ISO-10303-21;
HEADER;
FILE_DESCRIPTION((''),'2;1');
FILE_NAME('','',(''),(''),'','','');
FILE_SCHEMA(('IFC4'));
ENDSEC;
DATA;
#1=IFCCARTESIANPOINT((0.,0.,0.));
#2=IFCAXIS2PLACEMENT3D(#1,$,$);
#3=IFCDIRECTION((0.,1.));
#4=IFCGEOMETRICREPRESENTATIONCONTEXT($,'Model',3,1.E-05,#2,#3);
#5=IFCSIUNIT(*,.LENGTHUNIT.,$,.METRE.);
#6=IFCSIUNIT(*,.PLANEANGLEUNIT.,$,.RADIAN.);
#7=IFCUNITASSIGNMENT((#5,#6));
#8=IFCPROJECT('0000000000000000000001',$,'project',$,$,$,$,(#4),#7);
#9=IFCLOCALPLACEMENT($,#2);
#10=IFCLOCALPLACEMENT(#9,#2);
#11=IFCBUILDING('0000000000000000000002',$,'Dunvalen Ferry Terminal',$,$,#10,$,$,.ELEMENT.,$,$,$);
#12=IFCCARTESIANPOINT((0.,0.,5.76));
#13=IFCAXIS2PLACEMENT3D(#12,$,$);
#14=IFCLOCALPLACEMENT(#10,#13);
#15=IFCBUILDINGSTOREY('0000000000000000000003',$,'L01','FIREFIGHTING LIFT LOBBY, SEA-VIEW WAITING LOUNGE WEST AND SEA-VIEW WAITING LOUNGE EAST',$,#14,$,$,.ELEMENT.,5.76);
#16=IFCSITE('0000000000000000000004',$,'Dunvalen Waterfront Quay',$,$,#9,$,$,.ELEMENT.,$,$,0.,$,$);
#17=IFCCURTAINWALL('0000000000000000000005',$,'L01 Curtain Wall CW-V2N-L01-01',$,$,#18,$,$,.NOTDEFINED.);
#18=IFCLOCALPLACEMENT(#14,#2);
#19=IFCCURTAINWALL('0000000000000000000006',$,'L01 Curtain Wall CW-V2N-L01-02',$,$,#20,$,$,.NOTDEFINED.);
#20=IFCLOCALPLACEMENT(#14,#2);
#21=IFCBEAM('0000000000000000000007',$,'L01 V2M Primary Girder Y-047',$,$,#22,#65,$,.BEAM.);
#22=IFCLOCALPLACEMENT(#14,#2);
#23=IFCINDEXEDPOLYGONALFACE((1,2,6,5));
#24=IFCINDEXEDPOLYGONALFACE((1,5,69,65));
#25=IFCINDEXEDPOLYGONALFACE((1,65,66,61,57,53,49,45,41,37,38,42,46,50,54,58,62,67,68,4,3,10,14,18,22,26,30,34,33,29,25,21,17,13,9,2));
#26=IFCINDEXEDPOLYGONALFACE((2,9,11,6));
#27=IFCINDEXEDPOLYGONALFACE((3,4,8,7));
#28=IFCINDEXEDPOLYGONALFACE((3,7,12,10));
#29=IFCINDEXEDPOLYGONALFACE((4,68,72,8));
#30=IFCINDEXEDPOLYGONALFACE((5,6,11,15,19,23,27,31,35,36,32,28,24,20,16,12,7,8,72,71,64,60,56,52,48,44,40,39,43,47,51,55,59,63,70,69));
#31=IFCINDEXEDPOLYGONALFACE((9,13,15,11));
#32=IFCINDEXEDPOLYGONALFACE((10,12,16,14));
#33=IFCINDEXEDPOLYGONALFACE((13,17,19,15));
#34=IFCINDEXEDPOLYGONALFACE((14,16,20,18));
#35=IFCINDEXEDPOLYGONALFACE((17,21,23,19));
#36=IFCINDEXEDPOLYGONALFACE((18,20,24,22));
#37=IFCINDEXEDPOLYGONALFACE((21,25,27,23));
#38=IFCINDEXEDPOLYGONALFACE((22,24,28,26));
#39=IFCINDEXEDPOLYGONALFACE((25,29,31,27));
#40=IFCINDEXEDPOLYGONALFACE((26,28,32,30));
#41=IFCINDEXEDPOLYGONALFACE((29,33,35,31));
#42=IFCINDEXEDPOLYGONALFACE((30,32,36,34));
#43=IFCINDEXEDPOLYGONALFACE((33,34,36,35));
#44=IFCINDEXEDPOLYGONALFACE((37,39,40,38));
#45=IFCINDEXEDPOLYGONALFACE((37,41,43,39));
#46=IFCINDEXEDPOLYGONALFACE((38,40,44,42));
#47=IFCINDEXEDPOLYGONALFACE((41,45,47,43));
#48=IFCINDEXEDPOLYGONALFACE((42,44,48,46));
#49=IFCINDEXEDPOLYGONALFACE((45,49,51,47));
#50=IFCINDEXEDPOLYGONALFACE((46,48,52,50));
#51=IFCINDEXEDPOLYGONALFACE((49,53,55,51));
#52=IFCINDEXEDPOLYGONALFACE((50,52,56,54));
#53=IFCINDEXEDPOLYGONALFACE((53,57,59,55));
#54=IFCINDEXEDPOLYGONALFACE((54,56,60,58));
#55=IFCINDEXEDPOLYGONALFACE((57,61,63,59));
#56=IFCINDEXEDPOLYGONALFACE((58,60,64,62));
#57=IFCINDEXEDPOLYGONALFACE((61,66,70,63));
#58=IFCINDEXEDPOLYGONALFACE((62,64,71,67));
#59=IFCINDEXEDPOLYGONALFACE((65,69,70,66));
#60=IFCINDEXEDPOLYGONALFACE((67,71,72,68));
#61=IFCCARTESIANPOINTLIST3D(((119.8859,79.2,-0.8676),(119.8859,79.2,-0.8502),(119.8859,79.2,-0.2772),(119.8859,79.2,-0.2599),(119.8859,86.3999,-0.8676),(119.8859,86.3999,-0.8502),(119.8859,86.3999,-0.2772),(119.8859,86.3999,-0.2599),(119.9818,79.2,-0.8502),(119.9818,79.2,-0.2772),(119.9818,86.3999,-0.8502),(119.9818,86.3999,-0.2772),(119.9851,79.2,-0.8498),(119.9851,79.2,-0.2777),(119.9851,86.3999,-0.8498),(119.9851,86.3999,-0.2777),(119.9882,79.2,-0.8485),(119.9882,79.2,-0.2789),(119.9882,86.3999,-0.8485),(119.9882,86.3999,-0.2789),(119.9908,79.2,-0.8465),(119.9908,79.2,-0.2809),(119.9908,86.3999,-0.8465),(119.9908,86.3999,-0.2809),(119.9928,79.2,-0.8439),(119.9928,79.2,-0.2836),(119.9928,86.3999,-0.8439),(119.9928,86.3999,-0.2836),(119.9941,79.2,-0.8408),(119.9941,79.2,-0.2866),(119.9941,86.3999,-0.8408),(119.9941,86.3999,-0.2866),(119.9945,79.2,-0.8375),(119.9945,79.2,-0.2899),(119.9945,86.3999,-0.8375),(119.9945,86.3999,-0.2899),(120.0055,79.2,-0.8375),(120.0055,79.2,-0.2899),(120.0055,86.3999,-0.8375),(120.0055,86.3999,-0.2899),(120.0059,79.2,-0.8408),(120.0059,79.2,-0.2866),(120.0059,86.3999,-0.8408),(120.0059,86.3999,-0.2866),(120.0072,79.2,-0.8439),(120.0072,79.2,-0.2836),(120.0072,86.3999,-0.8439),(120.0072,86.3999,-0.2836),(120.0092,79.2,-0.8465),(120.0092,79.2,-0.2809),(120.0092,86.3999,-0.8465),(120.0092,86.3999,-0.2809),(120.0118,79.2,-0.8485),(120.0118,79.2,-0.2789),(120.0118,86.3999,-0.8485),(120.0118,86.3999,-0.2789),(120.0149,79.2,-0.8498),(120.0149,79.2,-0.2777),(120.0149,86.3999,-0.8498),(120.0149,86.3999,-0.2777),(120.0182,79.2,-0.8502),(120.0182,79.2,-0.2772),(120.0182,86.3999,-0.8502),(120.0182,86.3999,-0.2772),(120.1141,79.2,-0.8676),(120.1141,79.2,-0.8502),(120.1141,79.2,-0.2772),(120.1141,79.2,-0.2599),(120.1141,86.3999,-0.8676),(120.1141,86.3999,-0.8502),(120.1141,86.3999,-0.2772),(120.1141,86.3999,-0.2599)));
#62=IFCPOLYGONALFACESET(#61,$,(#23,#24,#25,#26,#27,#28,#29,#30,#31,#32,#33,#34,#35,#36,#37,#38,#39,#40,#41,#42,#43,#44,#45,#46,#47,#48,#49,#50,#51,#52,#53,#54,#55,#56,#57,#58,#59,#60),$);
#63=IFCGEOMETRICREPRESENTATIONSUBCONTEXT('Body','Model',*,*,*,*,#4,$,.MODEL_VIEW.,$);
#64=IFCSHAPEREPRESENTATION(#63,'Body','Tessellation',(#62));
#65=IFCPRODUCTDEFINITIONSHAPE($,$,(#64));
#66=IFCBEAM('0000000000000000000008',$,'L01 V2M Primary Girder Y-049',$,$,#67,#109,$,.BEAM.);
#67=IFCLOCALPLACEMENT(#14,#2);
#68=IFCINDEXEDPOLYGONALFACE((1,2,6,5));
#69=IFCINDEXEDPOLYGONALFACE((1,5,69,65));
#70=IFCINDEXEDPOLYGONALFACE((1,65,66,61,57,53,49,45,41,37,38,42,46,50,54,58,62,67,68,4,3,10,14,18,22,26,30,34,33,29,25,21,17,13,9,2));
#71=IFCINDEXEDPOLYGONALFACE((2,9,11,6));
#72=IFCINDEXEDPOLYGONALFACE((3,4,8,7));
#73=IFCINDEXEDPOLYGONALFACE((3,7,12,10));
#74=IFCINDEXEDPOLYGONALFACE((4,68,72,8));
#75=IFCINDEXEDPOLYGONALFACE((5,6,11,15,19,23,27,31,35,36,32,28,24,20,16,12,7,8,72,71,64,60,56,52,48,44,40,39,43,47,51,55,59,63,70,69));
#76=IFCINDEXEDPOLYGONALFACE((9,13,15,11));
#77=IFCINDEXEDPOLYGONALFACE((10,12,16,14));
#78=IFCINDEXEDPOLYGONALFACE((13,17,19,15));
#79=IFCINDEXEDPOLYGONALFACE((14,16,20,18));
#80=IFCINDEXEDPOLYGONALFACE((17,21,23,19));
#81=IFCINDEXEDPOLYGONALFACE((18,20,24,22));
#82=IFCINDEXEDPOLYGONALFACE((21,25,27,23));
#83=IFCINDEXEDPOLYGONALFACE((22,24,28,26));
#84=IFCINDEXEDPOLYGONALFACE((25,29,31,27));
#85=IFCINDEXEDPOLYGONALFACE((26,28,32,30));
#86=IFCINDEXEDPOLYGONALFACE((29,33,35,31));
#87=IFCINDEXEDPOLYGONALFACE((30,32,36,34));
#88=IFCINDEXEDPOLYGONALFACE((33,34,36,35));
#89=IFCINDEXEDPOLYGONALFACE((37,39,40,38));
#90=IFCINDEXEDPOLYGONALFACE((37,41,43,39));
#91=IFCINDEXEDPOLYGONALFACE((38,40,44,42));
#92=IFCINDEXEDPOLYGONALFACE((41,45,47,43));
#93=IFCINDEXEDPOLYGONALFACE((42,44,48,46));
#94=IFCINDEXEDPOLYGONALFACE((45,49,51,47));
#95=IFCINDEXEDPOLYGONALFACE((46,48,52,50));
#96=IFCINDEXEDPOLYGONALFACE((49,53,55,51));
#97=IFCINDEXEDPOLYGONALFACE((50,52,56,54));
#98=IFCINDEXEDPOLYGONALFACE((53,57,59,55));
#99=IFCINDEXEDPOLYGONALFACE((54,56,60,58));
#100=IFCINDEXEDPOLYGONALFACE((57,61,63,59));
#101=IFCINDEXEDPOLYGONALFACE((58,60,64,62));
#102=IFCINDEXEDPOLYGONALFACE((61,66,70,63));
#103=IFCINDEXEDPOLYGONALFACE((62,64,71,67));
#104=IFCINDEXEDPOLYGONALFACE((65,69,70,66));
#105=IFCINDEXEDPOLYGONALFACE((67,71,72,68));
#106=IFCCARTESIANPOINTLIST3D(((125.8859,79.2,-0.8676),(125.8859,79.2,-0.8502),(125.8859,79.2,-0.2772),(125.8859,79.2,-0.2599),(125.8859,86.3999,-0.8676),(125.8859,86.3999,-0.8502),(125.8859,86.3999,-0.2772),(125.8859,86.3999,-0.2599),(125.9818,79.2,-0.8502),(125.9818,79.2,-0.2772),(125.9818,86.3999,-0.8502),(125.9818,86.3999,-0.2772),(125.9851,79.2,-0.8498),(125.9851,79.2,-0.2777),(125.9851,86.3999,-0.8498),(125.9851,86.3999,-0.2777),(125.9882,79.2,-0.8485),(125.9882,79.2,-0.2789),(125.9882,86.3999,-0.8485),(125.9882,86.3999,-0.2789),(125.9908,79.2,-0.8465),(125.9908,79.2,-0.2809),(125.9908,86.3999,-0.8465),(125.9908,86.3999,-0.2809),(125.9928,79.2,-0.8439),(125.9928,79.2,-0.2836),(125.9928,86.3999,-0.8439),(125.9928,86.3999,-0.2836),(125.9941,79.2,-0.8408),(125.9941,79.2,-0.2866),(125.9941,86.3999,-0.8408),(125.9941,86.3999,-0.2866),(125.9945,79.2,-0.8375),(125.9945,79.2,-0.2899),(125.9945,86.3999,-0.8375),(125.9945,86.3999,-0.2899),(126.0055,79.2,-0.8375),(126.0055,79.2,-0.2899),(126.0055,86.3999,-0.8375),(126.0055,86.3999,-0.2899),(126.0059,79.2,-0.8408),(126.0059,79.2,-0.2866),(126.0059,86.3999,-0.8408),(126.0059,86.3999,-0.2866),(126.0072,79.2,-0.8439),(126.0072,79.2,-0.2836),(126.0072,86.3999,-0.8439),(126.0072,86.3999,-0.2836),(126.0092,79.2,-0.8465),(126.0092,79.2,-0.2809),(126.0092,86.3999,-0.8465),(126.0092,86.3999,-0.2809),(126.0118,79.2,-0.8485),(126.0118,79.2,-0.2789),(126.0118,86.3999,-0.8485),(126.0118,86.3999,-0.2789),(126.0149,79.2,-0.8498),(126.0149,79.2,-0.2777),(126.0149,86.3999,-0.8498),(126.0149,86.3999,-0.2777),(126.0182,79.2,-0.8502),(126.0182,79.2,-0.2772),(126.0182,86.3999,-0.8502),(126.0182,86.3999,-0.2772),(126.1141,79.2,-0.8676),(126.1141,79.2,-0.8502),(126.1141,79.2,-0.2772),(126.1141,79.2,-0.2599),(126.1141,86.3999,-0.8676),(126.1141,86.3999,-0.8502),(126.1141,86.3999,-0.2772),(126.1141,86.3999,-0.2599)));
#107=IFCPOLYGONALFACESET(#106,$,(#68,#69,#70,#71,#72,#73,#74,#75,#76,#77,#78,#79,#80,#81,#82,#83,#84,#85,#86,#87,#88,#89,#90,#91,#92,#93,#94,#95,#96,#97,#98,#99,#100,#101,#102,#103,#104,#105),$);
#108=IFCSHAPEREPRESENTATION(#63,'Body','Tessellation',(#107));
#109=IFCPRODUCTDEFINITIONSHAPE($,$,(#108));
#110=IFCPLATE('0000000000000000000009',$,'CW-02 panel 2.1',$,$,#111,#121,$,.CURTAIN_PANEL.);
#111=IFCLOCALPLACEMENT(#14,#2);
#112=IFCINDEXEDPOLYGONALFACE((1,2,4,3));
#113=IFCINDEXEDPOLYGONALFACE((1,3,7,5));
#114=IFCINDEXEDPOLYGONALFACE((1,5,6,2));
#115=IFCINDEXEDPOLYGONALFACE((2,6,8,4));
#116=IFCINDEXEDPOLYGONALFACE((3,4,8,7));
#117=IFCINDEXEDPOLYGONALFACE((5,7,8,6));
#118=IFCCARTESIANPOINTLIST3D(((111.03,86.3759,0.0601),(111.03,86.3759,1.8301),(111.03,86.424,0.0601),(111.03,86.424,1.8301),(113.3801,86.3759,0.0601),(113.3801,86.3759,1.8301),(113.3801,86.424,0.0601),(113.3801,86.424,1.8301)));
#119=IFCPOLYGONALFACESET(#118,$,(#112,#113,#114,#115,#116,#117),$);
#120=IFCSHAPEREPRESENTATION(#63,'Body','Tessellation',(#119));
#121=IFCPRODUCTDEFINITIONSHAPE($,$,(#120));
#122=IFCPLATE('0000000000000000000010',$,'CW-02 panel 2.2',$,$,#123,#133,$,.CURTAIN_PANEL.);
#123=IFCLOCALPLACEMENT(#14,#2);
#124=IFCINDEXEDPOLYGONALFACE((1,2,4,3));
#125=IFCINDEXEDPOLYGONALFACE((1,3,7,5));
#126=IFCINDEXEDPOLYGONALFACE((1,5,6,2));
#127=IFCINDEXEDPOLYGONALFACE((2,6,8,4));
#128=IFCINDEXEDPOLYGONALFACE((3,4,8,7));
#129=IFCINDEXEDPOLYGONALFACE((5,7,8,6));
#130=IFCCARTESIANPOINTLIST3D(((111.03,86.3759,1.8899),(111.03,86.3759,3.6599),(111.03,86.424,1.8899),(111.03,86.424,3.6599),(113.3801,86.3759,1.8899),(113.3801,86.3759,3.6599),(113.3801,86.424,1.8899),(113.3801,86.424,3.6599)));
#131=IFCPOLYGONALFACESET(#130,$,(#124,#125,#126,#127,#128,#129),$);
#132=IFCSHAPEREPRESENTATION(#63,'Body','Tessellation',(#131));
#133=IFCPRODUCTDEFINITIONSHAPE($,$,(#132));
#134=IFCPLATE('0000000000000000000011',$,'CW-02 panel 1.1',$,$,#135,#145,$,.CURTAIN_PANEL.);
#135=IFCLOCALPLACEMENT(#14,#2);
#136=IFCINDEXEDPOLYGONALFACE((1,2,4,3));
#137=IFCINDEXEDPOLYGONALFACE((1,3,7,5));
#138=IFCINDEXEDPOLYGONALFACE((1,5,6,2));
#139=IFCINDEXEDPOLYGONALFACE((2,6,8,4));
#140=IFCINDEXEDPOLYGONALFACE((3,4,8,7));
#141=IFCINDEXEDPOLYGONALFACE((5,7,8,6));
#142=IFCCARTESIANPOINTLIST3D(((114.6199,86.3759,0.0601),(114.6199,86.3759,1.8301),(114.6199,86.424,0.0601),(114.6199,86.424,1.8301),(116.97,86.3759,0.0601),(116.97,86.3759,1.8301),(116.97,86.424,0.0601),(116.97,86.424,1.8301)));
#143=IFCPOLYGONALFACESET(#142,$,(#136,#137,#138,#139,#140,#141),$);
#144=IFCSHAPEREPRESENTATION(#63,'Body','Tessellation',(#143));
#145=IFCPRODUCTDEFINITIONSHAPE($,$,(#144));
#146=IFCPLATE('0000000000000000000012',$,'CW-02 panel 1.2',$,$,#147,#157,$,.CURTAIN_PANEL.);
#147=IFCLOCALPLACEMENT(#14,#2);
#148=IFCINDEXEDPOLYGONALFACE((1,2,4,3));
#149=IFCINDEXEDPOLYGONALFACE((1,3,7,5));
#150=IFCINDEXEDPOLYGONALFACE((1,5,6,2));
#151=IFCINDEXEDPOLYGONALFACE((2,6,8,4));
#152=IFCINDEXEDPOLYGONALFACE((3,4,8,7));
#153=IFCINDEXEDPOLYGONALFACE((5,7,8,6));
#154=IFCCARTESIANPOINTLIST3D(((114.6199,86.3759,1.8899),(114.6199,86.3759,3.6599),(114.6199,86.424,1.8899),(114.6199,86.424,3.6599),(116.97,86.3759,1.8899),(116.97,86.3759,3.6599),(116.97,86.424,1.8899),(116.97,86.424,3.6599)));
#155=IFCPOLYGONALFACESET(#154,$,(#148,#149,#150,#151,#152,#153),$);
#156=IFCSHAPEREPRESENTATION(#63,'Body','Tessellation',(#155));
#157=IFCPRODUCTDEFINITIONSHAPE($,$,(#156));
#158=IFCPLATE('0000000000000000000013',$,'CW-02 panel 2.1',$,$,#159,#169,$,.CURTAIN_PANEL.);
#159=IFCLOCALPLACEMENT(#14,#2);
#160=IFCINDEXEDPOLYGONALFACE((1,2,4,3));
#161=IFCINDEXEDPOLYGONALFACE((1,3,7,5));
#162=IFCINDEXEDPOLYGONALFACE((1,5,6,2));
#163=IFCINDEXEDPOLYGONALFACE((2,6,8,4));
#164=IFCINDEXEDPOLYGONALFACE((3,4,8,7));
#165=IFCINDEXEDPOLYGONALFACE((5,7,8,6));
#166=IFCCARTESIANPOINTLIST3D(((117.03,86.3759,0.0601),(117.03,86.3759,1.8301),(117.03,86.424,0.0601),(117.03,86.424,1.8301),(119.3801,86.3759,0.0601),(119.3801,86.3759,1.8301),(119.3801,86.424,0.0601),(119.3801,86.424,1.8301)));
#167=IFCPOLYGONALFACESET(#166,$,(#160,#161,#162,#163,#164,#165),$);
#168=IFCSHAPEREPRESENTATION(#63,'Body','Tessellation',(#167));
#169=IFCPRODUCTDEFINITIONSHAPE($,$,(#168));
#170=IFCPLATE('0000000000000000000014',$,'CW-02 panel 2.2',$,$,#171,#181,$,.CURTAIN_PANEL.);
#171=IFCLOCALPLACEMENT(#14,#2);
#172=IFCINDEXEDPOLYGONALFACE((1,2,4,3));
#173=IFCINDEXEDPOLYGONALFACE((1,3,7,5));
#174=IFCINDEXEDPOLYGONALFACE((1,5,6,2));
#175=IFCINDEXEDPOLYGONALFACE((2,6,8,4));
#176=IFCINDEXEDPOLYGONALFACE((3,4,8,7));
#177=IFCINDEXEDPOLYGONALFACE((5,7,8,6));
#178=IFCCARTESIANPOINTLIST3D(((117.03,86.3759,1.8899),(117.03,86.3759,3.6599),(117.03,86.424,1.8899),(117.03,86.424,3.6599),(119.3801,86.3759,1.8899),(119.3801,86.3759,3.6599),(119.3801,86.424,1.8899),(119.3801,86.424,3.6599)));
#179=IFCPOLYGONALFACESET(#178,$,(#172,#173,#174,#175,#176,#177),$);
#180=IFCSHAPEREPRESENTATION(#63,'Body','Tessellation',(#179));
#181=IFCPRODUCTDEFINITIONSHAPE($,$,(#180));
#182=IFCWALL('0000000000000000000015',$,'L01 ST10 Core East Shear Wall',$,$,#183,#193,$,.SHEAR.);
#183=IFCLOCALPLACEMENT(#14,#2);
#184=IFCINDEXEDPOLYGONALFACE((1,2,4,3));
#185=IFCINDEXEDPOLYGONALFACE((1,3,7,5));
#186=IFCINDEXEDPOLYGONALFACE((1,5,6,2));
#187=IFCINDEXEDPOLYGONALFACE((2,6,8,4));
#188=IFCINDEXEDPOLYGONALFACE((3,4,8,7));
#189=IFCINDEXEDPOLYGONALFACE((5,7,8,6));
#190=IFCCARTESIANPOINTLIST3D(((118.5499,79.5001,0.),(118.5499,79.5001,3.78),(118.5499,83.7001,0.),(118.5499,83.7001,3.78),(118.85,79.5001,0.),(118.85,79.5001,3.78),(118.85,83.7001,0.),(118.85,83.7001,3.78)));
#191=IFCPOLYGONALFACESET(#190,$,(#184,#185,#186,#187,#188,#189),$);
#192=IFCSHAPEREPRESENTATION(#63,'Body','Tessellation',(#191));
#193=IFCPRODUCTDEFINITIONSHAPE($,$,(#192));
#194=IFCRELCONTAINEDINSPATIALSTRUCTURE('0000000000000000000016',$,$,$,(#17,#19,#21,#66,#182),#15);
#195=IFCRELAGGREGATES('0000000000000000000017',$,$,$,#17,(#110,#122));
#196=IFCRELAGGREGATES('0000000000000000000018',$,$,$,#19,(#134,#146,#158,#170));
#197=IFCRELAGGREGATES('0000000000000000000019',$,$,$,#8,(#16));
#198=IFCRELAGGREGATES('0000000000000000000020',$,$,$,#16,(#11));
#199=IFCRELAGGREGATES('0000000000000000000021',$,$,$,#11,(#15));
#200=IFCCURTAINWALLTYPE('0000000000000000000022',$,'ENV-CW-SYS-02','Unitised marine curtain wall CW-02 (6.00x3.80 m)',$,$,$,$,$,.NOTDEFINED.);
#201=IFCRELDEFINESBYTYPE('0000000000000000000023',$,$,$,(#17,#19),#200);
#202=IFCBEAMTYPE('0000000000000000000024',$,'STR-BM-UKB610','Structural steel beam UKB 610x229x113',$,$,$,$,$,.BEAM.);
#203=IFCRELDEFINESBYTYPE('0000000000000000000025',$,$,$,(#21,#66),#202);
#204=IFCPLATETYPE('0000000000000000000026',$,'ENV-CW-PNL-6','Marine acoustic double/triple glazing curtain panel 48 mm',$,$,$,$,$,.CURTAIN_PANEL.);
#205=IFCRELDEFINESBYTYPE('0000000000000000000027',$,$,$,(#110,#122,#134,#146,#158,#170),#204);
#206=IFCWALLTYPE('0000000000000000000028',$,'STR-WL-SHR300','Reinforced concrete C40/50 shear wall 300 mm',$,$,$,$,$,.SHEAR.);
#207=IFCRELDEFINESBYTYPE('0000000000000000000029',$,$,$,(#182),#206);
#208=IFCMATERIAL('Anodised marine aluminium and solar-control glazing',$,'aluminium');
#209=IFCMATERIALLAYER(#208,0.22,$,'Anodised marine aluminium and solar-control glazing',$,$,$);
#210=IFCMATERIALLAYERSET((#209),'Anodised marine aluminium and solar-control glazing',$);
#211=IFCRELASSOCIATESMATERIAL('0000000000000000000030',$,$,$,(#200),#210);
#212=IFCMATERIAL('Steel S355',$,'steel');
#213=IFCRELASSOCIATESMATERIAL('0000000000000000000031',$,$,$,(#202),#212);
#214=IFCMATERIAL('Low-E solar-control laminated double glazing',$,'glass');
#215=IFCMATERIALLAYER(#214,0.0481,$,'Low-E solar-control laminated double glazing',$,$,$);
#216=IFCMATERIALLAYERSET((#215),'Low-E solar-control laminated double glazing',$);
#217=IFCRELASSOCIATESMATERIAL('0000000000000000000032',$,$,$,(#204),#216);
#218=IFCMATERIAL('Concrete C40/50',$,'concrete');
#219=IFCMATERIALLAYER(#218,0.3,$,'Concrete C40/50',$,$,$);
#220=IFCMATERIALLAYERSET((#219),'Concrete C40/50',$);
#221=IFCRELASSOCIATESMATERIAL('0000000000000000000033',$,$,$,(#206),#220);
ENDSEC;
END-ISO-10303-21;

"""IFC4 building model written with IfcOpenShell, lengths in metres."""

from ifc_helpers import new_model, si_unit, direction, frame, frame_2d, origin, origin_2d, place, context, subcontext, project, spatial, rectangle, i_section, extrude, material, layer, layer_set, material_profile, profile_set, type_object, element, aggregate, save


model = new_model("IFC4")

# Units and contexts
model_context = context("Model", 3, precision=1e-05, world=origin(), true_north=direction((0.0, 1.0)))
body_context = subcontext(model_context, "Body", "Model", "MODEL_VIEW")
ifc_project = project(units=[si_unit("LENGTHUNIT", "METRE"), si_unit("PLANEANGLEUNIT", "RADIAN")], contexts=[model_context])

# Site, building, storey
site_placement = place(None, origin())
site = spatial("IfcSite", under=ifc_project, at=site_placement, Name="Dunvalen Waterfront Quay", CompositionType="ELEMENT", RefElevation=0.0)
building_placement = place(site_placement, origin())
building = spatial("IfcBuilding", under=site, at=building_placement, Name="Dunvalen Ferry Terminal", CompositionType="ELEMENT")
storey_placement = place(building_placement, frame((0.0, 0.0, 5.76)))
storey = spatial("IfcBuildingStorey", under=building, at=storey_placement, Name="L01", Description="FIREFIGHTING LIFT LOBBY, SEA-VIEW WAITING LOUNGE WEST AND SEA-VIEW WAITING LOUNGE EAST", CompositionType="ELEMENT", Elevation=5.76)

# Shared definitions
ifc_material_1 = material(Name="Concrete C40/50", Category="concrete")

# Curtain wall
ifc_material_2 = material(Name="Anodised marine aluminium and solar-control glazing", Category="aluminium")
ifc_layer_1 = layer(ifc_material_2, 0.22, Name="Anodised marine aluminium and solar-control glazing")
ifc_layer_set_1 = layer_set([ifc_layer_1], Name="Anodised marine aluminium and solar-control glazing")
curtain_wall_type = type_object("IfcCurtainWallType", Name="ENV-CW-SYS-02", Description="Unitised marine curtain wall CW-02 (6.00x3.80 m)", PredefinedType="NOTDEFINED", material=ifc_layer_set_1)
curtain_wall_1_placement = place(storey_placement, origin())
curtain_wall_1 = element("IfcCurtainWall", 1, at=curtain_wall_1_placement, inside=storey, type_object=curtain_wall_type, Name="L01 Curtain Wall CW-V2N-L01-01", PredefinedType="NOTDEFINED")

# Curtain wall
curtain_wall_2_placement = place(storey_placement, origin())
curtain_wall_2 = element("IfcCurtainWall", 2, at=curtain_wall_2_placement, inside=storey, type_object=curtain_wall_type, Name="L01 Curtain Wall CW-V2N-L01-02", PredefinedType="NOTDEFINED")

# Beams
ifc_material_3 = material(Name="Steel S355", Category="steel")
ifc_material_profile_1 = material_profile(ifc_material_3, i_section(OverallWidth=0.2283, OverallDepth=0.6077, WebThickness=0.011, FlangeThickness=0.0173, FilletRadius=0.0127, at=origin_2d()), Name="Steel S355")
ifc_profile_set_1 = profile_set([ifc_material_profile_1], Name="Steel S355")
beam_type_1 = type_object("IfcBeamType", Name="STR-BM-UKB610", Description="Structural steel beam UKB 610x229x113", PredefinedType="BEAM", material=ifc_profile_set_1)
for number, where, z_axis, x_axis, name in (
    (3, (120.0, 79.2, -0.5637), (0.0, 1.0, 0.0), (-1.0, 0.0, 0.0), "L01 V2M Primary Girder Y-047"),
    (4, (126.0, 79.2, -0.5637), (0.0, 1.0, 0.0), (-1.0, 0.0, 0.0), "L01 V2M Primary Girder Y-049"),
):
    element("IfcBeam", number, at=place(storey_placement, frame(where, z_axis=z_axis, x_axis=x_axis)), inside=storey, type_object=beam_type_1, Name=name, PredefinedType="BEAM", context=body_context, shape_type="SweptSolid", body=[
        extrude(i_section(OverallWidth=0.2283, OverallDepth=0.6077, WebThickness=0.011, FlangeThickness=0.0173, FilletRadius=0.0127, at=origin_2d()), origin(), (0.0, 0.0, 1.0), 7.2),
    ])

# Plates
ifc_material_4 = material(Name="Low-E solar-control laminated double glazing", Category="glass")
ifc_layer_2 = layer(ifc_material_4, 0.0481, Name="Low-E solar-control laminated double glazing")
ifc_layer_set_2 = layer_set([ifc_layer_2], Name="Low-E solar-control laminated double glazing")
plate_type = type_object("IfcPlateType", Name="ENV-CW-PNL-6", Description="Marine acoustic double/triple glazing curtain panel 48 mm", PredefinedType="CURTAIN_PANEL", material=ifc_layer_set_2)
plate_1_placement = place(storey_placement, frame((112.2051, 86.3999, 0.0601), z_axis=(0.0, 0.0, 1.0), x_axis=(1.0, 0.0, 0.0)))
plate_1 = element("IfcPlate", 5, at=plate_1_placement, type_object=plate_type, Name="CW-02 panel 2.1", PredefinedType="CURTAIN_PANEL", context=body_context, shape_type="SweptSolid", body=[
    extrude(rectangle(XDim=2.3501, YDim=0.0481, at=origin_2d()), origin(), (0.0, 0.0, 1.0), 1.77),
])
plate_2_placement = place(storey_placement, frame((112.2051, 86.3999, 1.8899), z_axis=(0.0, 0.0, 1.0), x_axis=(1.0, 0.0, 0.0)))
plate_2 = element("IfcPlate", 6, at=plate_2_placement, type_object=plate_type, Name="CW-02 panel 2.2", PredefinedType="CURTAIN_PANEL", context=body_context, shape_type="SweptSolid", body=[
    extrude(rectangle(XDim=2.3501, YDim=0.0481, at=origin_2d()), origin(), (0.0, 0.0, 1.0), 1.77),
])
aggregate(curtain_wall_1, [plate_1, plate_2])
plate_3_placement = place(storey_placement, frame((115.7949, 86.3999, 0.0601), z_axis=(0.0, 0.0, 1.0), x_axis=(1.0, 0.0, 0.0)))
plate_3 = element("IfcPlate", 7, at=plate_3_placement, type_object=plate_type, Name="CW-02 panel 1.1", PredefinedType="CURTAIN_PANEL", context=body_context, shape_type="SweptSolid", body=[
    extrude(rectangle(XDim=2.3501, YDim=0.0481, at=origin_2d()), origin(), (0.0, 0.0, 1.0), 1.77),
])
plate_4_placement = place(storey_placement, frame((115.7949, 86.3999, 1.8899), z_axis=(0.0, 0.0, 1.0), x_axis=(1.0, 0.0, 0.0)))
plate_4 = element("IfcPlate", 8, at=plate_4_placement, type_object=plate_type, Name="CW-02 panel 1.2", PredefinedType="CURTAIN_PANEL", context=body_context, shape_type="SweptSolid", body=[
    extrude(rectangle(XDim=2.3501, YDim=0.0481, at=origin_2d()), origin(), (0.0, 0.0, 1.0), 1.77),
])
plate_5_placement = place(storey_placement, frame((118.2051, 86.3999, 0.0601), z_axis=(0.0, 0.0, 1.0), x_axis=(1.0, 0.0, 0.0)))
plate_5 = element("IfcPlate", 9, at=plate_5_placement, type_object=plate_type, Name="CW-02 panel 2.1", PredefinedType="CURTAIN_PANEL", context=body_context, shape_type="SweptSolid", body=[
    extrude(rectangle(XDim=2.3501, YDim=0.0481, at=origin_2d()), origin(), (0.0, 0.0, 1.0), 1.77),
])
plate_6_placement = place(storey_placement, frame((118.2051, 86.3999, 1.8899), z_axis=(0.0, 0.0, 1.0), x_axis=(1.0, 0.0, 0.0)))
plate_6 = element("IfcPlate", 10, at=plate_6_placement, type_object=plate_type, Name="CW-02 panel 2.2", PredefinedType="CURTAIN_PANEL", context=body_context, shape_type="SweptSolid", body=[
    extrude(rectangle(XDim=2.3501, YDim=0.0481, at=origin_2d()), origin(), (0.0, 0.0, 1.0), 1.77),
])
aggregate(curtain_wall_2, [plate_3, plate_4, plate_5, plate_6])

# Wall
ifc_layer_3 = layer(ifc_material_1, 0.3, Name="Concrete C40/50")
ifc_layer_set_3 = layer_set([ifc_layer_3], Name="Concrete C40/50")
wall_type = type_object("IfcWallType", Name="STR-WL-SHR300", Description="Reinforced concrete C40/50 shear wall 300 mm", PredefinedType="SHEAR", material=ifc_layer_set_3)
wall_placement = place(storey_placement, frame((118.7, 79.5, 0.0), z_axis=(0.0, 0.0, 1.0), x_axis=(0.0, 1.0, 0.0)))
element("IfcWall", 11, at=wall_placement, inside=storey, type_object=wall_type, Name="L01 ST10 Core East Shear Wall", PredefinedType="SHEAR", context=body_context, shape_type="SweptSolid", body=[
    extrude(rectangle(XDim=4.2, YDim=0.3, at=frame_2d((2.1001, 0.0))), origin(), (0.0, 0.0, 1.0), 3.78),
])

save(model, "model.ifc")
